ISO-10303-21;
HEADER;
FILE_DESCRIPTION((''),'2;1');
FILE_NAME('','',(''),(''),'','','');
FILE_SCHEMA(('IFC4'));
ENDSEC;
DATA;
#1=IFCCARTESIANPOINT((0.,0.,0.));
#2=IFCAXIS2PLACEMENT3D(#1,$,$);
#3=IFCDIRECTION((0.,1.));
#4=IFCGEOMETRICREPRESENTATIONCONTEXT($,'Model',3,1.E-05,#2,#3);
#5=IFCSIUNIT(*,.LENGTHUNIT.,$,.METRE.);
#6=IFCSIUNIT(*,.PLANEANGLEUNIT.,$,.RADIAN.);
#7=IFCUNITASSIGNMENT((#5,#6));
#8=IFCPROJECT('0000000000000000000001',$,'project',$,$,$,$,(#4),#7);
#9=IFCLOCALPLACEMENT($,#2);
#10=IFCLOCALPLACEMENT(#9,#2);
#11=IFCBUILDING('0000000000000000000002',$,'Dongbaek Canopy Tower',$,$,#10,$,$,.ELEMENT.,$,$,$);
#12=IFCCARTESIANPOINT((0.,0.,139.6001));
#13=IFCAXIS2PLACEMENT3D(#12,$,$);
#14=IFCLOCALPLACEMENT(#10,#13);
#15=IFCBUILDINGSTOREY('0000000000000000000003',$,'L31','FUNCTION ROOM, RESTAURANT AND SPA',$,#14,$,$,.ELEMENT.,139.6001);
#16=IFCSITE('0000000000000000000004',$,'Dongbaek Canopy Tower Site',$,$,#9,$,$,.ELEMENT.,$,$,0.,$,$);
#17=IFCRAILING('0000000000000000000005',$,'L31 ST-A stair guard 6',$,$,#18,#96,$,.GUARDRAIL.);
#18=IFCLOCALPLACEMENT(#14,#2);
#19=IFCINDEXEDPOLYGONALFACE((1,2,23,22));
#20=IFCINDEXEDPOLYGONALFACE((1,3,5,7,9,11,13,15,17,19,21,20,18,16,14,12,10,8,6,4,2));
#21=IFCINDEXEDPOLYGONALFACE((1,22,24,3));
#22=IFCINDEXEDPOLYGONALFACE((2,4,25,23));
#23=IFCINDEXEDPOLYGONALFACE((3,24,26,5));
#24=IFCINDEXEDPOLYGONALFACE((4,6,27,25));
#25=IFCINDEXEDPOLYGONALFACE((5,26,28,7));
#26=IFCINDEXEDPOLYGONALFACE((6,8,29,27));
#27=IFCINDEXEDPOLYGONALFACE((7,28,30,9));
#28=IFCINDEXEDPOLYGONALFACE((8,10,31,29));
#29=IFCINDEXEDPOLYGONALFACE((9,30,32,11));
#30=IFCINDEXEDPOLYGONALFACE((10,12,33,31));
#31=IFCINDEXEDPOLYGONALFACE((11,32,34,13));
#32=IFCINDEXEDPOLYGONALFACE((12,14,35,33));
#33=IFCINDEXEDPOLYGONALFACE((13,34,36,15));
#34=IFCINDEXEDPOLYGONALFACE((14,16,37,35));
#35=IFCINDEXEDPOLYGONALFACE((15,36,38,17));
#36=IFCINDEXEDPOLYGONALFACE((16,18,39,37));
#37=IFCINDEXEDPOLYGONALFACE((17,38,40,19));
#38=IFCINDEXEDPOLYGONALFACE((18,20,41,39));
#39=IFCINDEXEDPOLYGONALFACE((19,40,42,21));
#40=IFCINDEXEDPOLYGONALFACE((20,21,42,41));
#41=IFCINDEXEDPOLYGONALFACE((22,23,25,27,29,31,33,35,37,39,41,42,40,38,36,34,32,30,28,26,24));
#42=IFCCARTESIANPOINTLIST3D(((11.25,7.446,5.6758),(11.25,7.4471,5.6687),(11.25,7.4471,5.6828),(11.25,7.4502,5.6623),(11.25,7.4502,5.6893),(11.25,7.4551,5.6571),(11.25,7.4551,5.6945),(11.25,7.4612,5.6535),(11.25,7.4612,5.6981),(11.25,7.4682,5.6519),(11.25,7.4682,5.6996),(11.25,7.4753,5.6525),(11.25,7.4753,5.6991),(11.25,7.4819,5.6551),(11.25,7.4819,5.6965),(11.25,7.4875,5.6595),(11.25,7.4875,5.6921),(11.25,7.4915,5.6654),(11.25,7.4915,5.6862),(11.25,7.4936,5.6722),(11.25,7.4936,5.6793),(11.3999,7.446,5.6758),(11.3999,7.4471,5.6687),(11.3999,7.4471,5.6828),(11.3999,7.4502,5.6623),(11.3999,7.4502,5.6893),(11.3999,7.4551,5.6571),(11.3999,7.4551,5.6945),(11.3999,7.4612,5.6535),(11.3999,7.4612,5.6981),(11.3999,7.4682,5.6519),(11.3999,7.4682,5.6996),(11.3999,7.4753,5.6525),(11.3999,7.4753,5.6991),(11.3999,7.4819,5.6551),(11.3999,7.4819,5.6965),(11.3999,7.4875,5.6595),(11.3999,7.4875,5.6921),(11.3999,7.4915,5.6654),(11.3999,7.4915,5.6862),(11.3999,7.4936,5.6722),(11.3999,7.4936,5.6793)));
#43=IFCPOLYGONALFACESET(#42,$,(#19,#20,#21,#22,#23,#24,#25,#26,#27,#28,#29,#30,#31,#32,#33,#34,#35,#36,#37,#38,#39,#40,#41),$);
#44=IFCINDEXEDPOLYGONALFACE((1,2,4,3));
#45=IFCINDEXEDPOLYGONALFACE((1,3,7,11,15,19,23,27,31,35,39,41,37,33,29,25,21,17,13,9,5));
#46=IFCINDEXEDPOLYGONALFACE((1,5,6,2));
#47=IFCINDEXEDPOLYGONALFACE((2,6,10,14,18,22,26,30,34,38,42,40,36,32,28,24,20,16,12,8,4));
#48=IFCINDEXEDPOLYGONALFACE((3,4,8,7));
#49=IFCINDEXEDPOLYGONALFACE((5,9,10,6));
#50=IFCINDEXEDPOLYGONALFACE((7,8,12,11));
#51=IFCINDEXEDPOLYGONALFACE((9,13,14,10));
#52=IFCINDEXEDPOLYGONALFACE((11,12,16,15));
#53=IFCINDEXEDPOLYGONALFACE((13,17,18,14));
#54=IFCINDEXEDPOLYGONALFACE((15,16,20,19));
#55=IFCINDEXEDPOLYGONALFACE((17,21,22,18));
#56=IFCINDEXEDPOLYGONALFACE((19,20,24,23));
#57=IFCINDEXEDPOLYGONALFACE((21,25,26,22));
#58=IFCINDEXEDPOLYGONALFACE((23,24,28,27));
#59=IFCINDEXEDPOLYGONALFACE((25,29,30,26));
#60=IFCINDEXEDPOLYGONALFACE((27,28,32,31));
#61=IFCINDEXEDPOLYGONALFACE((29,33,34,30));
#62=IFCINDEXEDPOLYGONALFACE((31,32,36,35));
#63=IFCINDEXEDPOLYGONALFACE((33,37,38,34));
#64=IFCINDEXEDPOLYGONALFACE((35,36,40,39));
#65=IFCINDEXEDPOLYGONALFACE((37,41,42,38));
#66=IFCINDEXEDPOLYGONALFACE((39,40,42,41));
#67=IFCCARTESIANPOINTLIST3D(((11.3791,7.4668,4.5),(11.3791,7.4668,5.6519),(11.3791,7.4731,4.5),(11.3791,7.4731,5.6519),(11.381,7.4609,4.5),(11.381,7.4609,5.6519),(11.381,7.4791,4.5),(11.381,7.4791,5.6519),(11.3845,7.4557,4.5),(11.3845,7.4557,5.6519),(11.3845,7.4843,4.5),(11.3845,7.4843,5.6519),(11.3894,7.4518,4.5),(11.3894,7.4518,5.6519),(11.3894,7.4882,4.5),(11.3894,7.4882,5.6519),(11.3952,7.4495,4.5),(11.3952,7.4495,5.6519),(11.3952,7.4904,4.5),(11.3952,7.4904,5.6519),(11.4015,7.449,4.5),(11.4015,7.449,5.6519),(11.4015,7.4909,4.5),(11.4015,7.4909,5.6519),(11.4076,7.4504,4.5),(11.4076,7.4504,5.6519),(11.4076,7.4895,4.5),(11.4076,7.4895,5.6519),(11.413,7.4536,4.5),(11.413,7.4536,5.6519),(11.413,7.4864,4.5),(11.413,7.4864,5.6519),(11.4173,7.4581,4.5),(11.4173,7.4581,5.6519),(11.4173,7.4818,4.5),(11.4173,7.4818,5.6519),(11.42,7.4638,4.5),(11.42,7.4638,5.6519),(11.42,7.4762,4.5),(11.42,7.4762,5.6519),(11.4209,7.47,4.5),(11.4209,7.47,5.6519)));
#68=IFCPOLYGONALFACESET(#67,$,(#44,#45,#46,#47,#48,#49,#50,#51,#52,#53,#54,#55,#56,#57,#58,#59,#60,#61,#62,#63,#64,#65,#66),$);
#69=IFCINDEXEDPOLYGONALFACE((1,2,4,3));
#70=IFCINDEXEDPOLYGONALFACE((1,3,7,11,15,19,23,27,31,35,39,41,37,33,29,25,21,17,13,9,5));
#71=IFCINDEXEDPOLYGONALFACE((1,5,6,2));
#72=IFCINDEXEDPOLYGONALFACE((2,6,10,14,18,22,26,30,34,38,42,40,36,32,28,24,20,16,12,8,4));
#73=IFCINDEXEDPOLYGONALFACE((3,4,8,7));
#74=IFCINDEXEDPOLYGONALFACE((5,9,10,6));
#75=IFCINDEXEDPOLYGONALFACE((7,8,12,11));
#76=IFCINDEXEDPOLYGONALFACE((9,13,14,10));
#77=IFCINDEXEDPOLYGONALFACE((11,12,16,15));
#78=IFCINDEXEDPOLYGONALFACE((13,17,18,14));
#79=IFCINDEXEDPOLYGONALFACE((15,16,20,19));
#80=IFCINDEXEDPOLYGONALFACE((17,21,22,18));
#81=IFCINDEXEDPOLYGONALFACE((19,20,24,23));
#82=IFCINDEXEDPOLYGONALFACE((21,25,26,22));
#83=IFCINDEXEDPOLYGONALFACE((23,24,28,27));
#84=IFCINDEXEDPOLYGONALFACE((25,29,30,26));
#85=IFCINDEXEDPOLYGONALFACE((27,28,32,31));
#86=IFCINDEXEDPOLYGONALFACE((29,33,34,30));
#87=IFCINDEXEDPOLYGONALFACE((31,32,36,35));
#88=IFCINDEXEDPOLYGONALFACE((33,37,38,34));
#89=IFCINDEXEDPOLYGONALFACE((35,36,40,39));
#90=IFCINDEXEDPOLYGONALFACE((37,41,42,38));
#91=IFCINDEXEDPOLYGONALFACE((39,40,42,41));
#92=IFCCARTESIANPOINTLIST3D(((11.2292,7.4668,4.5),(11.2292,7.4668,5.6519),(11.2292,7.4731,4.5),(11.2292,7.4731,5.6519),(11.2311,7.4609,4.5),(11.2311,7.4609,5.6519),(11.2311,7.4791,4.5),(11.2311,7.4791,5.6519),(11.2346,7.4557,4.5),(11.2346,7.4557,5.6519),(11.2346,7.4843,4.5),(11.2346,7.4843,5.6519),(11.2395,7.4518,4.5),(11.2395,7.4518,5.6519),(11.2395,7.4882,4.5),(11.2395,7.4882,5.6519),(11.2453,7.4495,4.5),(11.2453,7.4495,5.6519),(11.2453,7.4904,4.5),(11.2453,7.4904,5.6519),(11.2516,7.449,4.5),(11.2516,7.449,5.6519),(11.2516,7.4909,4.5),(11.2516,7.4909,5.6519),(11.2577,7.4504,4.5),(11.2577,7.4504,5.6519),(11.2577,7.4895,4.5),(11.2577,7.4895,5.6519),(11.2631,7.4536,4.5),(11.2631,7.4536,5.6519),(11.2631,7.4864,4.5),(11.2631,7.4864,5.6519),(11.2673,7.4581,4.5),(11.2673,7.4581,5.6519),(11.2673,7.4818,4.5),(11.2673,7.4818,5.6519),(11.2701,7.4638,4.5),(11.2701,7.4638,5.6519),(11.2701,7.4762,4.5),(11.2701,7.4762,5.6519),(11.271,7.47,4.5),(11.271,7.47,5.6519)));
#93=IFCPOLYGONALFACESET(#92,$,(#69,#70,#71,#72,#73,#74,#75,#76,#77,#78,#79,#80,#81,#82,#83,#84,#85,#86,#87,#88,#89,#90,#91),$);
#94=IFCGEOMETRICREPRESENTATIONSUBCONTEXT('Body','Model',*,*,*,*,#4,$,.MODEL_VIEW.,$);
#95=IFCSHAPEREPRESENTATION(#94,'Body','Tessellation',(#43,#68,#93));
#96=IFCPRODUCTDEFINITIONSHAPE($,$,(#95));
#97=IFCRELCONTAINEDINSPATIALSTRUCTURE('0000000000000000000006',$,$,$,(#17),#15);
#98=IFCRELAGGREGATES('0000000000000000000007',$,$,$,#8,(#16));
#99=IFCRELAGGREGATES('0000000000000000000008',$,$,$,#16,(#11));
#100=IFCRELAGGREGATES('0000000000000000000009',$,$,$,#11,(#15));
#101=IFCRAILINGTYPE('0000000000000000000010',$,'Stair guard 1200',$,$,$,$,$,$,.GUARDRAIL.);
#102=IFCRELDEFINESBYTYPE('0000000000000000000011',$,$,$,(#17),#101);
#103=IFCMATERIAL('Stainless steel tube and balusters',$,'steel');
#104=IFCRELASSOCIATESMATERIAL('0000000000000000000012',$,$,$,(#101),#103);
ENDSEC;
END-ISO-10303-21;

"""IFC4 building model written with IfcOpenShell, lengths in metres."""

from ifc_helpers import new_model, si_unit, direction, frame, origin, origin_2d, place, context, subcontext, project, spatial, circle, extrude, material, type_object, element, save


model = new_model("IFC4")

# Units and contexts
model_context = context("Model", 3, precision=1e-05, world=origin(), true_north=direction((0.0, 1.0)))
body_context = subcontext(model_context, "Body", "Model", "MODEL_VIEW")
ifc_project = project(units=[si_unit("LENGTHUNIT", "METRE"), si_unit("PLANEANGLEUNIT", "RADIAN")], contexts=[model_context])

# Site, building, storey
site_placement = place(None, origin())
site = spatial("IfcSite", under=ifc_project, at=site_placement, Name="Dongbaek Canopy Tower Site", CompositionType="ELEMENT", RefElevation=0.0)
building_placement = place(site_placement, origin())
building = spatial("IfcBuilding", under=site, at=building_placement, Name="Dongbaek Canopy Tower", CompositionType="ELEMENT")
storey_placement = place(building_placement, frame((0.0, 0.0, 139.6001)))
storey = spatial("IfcBuildingStorey", under=building, at=storey_placement, Name="L31", Description="FUNCTION ROOM, RESTAURANT AND SPA", CompositionType="ELEMENT", Elevation=139.6001)

# Railing
ifc_material_1 = material(Name="Stainless steel tube and balusters", Category="steel")
railing_type = type_object("IfcRailingType", Name="Stair guard 1200", PredefinedType="GUARDRAIL", material=ifc_material_1)
for number, where, name in (
    (1, (11.3999, 7.47, 4.5), "L31 ST-A stair guard 6"),
):
    element("IfcRailing", number, at=place(storey_placement, frame(where)), inside=storey, type_object=railing_type, Name=name, PredefinedType="GUARDRAIL", context=body_context, shape_type="SweptSolid", body=[
        extrude(circle(Radius=0.0239, at=origin_2d()), frame((0.0, 0.0, 1.1758), z_axis=(-1.0, 0.0, 0.0), x_axis=(0.0, -1.0, 0.0)), (0.0, 0.0, 1.0), 0.1499),
        extrude(circle(Radius=0.021, at=origin_2d()), origin(), (0.0, 0.0, 1.0), 1.1519),
        extrude(circle(Radius=0.021, at=origin_2d()), frame((-0.1499, 0.0, 0.0)), (0.0, 0.0, 1.0), 1.1519),
    ])

save(model, "model.ifc")
